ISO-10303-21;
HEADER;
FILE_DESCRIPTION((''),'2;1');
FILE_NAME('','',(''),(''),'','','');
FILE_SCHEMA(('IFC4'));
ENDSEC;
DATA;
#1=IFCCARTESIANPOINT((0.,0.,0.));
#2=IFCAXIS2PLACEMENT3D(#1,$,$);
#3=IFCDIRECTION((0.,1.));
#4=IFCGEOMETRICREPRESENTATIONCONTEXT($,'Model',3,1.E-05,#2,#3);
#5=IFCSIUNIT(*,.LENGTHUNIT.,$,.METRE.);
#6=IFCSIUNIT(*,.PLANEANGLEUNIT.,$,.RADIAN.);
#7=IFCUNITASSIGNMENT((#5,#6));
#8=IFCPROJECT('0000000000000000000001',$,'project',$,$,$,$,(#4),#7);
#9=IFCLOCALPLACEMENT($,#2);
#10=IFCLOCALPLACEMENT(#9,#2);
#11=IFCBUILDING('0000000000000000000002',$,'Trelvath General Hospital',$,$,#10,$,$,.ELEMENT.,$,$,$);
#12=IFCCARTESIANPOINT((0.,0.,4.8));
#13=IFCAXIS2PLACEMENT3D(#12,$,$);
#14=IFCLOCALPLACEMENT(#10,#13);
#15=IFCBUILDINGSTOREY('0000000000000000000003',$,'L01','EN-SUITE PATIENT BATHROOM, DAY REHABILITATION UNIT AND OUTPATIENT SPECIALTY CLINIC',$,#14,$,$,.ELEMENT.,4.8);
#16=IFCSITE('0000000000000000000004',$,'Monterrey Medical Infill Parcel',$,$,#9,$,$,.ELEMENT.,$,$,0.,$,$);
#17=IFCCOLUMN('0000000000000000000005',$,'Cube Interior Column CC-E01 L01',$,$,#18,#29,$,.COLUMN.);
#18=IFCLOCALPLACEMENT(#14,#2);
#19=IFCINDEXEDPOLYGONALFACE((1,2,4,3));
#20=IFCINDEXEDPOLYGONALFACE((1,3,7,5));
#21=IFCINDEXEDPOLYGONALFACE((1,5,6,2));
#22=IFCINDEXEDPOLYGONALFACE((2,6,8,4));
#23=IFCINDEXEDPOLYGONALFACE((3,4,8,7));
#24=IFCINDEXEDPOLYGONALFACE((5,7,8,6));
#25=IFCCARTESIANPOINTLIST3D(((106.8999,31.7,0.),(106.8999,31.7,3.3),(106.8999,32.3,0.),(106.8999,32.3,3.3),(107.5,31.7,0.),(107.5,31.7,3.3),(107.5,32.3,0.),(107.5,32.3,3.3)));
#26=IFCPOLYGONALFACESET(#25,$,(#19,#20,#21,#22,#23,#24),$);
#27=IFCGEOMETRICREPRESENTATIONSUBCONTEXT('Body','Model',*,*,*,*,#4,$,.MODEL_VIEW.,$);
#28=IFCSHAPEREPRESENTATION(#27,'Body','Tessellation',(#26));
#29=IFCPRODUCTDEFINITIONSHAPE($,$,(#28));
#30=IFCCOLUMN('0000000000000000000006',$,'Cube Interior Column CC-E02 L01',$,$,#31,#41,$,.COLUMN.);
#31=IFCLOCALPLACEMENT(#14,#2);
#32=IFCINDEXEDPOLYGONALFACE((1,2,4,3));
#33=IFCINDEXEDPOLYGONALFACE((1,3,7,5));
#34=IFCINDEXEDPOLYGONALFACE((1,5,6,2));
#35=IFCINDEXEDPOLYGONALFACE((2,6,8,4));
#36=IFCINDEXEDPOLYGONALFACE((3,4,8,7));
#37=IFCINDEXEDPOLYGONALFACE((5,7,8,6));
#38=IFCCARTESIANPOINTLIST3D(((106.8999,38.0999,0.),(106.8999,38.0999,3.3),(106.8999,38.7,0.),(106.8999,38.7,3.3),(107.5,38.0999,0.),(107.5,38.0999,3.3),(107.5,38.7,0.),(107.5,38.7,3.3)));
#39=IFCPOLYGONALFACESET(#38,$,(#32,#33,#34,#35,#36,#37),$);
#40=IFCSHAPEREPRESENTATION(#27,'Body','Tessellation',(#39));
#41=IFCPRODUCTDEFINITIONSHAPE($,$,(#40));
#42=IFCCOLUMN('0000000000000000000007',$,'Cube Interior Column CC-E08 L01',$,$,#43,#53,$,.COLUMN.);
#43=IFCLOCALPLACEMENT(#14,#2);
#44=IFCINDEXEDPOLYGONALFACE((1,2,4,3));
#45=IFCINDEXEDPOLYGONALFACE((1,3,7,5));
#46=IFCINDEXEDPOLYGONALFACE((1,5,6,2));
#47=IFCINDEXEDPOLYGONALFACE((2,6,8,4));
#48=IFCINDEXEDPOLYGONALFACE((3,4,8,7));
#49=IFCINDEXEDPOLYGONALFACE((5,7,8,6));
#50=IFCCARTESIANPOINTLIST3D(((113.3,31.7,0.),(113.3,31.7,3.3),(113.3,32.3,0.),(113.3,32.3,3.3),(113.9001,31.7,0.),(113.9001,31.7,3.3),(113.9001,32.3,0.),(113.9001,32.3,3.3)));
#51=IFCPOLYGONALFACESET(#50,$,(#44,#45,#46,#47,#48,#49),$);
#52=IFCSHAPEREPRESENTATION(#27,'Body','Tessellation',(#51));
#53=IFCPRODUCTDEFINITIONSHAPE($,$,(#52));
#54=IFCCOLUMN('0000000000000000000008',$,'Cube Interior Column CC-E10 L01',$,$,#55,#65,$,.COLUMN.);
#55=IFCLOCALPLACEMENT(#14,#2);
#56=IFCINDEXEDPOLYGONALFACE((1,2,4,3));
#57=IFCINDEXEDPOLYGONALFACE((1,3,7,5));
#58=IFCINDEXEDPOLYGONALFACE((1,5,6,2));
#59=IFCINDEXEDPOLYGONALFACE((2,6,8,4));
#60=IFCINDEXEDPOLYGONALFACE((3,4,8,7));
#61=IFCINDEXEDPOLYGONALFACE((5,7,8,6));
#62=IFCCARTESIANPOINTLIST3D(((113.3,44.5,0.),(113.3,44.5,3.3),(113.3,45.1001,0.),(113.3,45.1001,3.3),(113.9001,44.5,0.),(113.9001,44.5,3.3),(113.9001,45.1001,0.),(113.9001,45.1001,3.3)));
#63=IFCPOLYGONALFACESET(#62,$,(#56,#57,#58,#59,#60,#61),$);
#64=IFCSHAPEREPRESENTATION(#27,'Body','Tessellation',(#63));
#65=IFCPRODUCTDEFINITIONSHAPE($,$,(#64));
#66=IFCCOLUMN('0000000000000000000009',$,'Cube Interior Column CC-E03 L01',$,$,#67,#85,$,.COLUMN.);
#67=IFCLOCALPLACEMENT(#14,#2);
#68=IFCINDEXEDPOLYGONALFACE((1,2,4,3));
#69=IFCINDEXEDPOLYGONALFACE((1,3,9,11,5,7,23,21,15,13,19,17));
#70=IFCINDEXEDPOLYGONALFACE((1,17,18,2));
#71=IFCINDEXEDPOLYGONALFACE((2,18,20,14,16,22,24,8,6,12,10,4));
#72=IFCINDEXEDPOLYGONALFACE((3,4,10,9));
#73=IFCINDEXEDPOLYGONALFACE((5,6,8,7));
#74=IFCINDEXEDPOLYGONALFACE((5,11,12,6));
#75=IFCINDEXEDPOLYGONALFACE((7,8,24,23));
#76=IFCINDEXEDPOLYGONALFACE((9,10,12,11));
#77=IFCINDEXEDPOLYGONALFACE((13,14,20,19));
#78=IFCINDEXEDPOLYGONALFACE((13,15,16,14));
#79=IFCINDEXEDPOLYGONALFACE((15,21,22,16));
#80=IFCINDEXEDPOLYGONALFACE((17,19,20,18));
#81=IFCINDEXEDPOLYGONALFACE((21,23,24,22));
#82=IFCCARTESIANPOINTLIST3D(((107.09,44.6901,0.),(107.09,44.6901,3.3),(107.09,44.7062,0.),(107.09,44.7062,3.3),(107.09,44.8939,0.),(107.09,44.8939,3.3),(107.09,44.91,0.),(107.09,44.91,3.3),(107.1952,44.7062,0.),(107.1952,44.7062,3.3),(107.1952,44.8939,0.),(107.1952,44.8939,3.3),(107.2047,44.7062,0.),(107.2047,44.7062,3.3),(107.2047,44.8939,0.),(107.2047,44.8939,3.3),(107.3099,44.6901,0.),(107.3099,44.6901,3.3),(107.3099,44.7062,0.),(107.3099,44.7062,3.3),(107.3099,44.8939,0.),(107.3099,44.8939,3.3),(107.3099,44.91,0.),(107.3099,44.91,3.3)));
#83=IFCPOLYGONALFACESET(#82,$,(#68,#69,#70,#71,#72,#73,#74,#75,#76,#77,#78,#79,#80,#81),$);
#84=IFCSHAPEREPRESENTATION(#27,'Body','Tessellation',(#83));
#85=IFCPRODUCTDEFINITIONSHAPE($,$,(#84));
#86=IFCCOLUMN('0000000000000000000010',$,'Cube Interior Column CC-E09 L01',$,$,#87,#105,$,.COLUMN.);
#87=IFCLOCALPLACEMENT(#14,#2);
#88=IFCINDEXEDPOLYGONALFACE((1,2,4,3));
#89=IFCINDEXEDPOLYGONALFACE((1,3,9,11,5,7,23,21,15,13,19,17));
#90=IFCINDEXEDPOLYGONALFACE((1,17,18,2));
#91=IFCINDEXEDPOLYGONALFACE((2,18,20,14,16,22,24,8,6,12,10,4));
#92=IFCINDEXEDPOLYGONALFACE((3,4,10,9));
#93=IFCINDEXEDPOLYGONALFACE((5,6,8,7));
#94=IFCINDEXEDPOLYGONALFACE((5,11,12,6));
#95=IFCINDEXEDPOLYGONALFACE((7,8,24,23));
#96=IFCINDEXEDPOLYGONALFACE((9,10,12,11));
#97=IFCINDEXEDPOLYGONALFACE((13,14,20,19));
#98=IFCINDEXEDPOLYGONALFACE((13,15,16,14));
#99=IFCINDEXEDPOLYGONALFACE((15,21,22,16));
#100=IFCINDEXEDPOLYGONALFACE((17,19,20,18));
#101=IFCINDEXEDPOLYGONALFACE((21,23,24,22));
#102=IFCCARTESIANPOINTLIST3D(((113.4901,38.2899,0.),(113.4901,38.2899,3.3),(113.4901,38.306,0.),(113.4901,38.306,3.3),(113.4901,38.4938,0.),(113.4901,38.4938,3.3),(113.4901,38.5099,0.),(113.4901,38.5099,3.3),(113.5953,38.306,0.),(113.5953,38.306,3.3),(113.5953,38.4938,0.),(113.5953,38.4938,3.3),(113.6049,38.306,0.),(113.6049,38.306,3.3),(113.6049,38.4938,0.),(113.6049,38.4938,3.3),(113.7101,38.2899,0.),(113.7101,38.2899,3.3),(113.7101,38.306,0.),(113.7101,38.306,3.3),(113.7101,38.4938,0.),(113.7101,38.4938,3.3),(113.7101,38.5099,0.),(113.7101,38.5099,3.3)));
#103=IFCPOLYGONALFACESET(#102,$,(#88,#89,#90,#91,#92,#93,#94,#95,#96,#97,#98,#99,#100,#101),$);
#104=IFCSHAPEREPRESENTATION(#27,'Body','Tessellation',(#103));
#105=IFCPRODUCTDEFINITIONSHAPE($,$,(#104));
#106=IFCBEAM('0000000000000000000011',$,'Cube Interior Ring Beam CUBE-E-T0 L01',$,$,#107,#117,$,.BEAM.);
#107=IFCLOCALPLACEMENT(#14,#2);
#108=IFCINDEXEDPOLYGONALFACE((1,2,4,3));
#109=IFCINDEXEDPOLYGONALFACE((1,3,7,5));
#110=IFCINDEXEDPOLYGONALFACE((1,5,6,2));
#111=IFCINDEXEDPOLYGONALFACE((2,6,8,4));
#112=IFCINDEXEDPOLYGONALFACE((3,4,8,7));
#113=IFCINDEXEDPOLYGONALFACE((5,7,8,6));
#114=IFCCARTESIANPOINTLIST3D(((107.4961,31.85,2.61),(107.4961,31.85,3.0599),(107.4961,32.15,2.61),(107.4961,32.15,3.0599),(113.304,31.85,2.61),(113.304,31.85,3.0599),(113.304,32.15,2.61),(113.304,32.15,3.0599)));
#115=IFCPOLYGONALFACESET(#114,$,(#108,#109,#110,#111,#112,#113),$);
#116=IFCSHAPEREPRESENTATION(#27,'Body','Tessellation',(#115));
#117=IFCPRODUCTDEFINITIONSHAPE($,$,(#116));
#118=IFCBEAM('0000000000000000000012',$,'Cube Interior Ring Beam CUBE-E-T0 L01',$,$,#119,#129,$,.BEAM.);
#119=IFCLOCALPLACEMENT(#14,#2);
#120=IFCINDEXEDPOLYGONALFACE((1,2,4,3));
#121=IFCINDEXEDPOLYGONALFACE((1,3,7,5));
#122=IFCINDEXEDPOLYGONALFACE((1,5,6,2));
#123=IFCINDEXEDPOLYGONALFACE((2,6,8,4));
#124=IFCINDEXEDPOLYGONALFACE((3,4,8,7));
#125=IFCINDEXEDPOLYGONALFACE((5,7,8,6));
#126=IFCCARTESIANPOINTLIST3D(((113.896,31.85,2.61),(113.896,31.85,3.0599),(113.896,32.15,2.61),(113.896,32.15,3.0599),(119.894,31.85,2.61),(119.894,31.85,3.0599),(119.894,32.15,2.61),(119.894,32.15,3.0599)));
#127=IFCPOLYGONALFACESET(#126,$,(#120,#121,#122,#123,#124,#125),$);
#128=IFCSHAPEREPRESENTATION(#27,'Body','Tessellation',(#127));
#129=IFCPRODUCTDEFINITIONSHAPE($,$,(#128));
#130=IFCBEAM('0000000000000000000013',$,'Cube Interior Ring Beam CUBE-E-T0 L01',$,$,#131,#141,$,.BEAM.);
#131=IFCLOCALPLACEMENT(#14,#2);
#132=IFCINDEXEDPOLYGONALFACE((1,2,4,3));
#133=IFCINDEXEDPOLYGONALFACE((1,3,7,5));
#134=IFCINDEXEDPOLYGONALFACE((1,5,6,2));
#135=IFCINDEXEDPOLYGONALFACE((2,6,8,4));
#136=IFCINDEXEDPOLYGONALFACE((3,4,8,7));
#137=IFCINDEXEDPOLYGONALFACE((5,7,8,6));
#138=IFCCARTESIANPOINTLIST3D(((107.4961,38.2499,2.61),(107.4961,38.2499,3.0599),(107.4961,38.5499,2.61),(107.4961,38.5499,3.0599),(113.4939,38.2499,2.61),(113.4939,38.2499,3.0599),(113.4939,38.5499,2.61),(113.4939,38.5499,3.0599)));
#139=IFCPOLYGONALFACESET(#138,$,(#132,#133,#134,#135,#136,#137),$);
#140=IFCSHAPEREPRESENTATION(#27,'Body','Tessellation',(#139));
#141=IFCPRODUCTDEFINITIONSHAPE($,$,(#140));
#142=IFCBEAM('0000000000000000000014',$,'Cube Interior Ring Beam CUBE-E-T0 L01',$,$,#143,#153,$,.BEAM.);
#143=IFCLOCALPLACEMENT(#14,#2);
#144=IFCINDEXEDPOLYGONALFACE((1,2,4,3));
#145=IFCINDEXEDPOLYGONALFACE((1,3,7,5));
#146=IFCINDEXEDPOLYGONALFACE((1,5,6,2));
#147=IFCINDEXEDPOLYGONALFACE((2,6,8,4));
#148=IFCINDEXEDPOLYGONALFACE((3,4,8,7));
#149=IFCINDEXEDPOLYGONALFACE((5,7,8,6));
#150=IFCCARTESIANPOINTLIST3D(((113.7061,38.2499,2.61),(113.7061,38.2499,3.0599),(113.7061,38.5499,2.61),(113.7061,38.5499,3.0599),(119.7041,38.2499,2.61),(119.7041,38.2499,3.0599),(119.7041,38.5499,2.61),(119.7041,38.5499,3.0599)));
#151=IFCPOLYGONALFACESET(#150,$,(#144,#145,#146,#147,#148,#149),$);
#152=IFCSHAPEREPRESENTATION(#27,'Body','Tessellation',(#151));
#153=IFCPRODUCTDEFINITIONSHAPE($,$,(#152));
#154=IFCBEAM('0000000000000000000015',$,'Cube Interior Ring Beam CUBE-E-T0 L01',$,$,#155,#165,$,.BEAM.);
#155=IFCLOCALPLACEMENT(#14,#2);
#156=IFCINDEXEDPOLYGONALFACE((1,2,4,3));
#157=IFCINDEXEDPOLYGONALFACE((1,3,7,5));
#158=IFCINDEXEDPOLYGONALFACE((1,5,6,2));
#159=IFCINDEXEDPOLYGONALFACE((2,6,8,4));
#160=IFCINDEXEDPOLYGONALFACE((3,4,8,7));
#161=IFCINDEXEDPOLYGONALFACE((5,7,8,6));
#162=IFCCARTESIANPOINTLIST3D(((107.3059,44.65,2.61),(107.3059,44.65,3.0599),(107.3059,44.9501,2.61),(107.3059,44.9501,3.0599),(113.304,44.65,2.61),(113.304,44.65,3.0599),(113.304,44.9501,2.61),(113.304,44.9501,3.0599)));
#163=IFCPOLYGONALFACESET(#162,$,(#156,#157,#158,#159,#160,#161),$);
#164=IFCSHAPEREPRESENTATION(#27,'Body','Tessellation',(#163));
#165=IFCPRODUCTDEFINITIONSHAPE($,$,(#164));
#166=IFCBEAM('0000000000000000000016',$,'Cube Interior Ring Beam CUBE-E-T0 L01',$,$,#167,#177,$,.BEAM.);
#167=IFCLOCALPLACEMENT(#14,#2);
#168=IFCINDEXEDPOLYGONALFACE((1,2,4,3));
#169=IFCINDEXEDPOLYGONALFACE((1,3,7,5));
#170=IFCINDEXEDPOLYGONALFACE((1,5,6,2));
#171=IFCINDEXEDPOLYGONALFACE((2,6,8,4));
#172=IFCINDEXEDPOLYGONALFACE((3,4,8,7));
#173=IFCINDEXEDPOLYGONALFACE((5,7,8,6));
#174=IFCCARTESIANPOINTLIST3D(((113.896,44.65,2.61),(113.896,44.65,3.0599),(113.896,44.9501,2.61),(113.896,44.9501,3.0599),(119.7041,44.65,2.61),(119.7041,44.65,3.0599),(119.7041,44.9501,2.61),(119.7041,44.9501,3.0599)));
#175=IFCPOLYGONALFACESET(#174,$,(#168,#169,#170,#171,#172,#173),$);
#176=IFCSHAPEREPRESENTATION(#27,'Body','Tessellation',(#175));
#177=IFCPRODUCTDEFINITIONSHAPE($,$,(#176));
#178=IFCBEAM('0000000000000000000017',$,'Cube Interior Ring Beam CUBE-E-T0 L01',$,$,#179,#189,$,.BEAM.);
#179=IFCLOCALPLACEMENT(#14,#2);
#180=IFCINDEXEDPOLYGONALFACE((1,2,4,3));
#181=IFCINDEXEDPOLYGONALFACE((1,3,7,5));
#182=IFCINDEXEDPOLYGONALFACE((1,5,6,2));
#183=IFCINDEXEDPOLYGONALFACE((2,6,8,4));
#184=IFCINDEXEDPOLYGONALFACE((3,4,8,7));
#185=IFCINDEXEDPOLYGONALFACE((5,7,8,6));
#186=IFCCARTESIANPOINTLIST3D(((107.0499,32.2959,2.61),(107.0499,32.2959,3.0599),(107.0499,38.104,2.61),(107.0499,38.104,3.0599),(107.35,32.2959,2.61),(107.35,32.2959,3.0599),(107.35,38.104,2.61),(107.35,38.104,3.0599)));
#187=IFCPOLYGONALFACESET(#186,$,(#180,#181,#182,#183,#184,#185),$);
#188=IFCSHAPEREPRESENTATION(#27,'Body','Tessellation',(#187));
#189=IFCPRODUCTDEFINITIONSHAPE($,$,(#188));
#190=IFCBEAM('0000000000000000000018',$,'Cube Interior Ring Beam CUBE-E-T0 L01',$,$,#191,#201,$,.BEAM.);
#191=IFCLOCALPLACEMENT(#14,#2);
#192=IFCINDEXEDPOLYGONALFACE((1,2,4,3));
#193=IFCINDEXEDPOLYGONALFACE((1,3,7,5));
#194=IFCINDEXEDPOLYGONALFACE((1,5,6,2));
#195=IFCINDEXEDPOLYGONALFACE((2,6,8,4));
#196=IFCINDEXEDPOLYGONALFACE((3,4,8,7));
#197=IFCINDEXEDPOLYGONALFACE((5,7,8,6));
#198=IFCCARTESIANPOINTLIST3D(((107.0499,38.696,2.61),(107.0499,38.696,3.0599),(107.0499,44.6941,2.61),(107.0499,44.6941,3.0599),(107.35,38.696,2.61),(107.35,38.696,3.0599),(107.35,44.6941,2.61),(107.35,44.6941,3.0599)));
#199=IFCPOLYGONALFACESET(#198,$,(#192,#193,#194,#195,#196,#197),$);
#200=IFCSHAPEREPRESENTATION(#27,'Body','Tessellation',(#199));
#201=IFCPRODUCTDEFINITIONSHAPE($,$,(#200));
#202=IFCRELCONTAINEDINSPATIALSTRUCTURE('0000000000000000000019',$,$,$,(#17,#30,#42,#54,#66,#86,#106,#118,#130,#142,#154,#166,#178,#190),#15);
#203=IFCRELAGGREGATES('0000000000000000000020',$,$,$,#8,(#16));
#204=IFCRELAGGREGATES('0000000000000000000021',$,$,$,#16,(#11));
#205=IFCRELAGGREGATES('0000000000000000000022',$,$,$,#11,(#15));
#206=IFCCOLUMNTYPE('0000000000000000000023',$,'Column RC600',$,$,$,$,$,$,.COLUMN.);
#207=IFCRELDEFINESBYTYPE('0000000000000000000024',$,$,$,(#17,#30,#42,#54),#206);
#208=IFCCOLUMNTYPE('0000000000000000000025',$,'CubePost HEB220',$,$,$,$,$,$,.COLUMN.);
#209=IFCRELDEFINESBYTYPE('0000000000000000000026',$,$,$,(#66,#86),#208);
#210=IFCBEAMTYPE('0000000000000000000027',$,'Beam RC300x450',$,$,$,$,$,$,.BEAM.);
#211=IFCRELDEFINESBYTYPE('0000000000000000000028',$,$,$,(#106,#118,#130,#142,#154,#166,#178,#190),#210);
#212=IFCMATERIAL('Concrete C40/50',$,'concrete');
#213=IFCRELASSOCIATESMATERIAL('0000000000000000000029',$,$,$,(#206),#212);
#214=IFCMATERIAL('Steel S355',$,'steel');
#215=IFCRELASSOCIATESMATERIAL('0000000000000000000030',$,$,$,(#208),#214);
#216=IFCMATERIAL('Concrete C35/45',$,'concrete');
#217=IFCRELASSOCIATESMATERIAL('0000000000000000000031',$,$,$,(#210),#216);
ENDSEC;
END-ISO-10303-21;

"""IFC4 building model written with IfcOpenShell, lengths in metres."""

from ifc_helpers import new_model, si_unit, direction, frame, origin, origin_2d, place, context, subcontext, project, spatial, rectangle, i_section, extrude, material, material_profile, profile_set, type_object, element, save


model = new_model("IFC4")

# Units and contexts
model_context = context("Model", 3, precision=1e-05, world=origin(), true_north=direction((0.0, 1.0)))
body_context = subcontext(model_context, "Body", "Model", "MODEL_VIEW")
ifc_project = project(units=[si_unit("LENGTHUNIT", "METRE"), si_unit("PLANEANGLEUNIT", "RADIAN")], contexts=[model_context])

# Site, building, storey
site_placement = place(None, origin())
site = spatial("IfcSite", under=ifc_project, at=site_placement, Name="Monterrey Medical Infill Parcel", CompositionType="ELEMENT", RefElevation=0.0)
building_placement = place(site_placement, origin())
building = spatial("IfcBuilding", under=site, at=building_placement, Name="Trelvath General Hospital", CompositionType="ELEMENT")
storey_placement = place(building_placement, frame((0.0, 0.0, 4.8)))
storey = spatial("IfcBuildingStorey", under=building, at=storey_placement, Name="L01", Description="EN-SUITE PATIENT BATHROOM, DAY REHABILITATION UNIT AND OUTPATIENT SPECIALTY CLINIC", CompositionType="ELEMENT", Elevation=4.8)

# Columns
ifc_material_1 = material(Name="Concrete C40/50", Category="concrete")
ifc_material_profile_1 = material_profile(ifc_material_1, rectangle(XDim=0.6001, YDim=0.6001, at=origin_2d()), Name="RC600x600")
ifc_profile_set_1 = profile_set([ifc_material_profile_1], Name="Concrete C40/50")
column_type_1 = type_object("IfcColumnType", Name="Column RC600", PredefinedType="COLUMN", material=ifc_profile_set_1)
for number, where, z_axis, x_axis, name in (
    (1, (107.2, 32.0, 0.0), (0.0, 0.0, 1.0), (1.0, 0.0, 0.0), "Cube Interior Column CC-E01 L01"),
    (2, (107.2, 38.3999, 0.0), (0.0, 0.0, 1.0), (1.0, 0.0, 0.0), "Cube Interior Column CC-E02 L01"),
    (3, (113.6001, 32.0, 0.0), (0.0, 0.0, 1.0), (1.0, 0.0, 0.0), "Cube Interior Column CC-E08 L01"),
    (4, (113.6001, 44.8, 0.0), (0.0, 0.0, 1.0), (1.0, 0.0, 0.0), "Cube Interior Column CC-E10 L01"),
):
    element("IfcColumn", number, at=place(storey_placement, frame(where, z_axis=z_axis, x_axis=x_axis)), inside=storey, type_object=column_type_1, Name=name, PredefinedType="COLUMN", context=body_context, shape_type="SweptSolid", body=[
        extrude(rectangle(XDim=0.6001, YDim=0.6001, at=origin_2d()), origin(), (0.0, 0.0, 1.0), 3.3),
    ])
ifc_material_2 = material(Name="Steel S355", Category="steel")
ifc_material_profile_2 = material_profile(ifc_material_2, i_section(OverallWidth=0.22, OverallDepth=0.22, WebThickness=0.0095, FlangeThickness=0.0161, at=origin_2d()), Name="HEB220")
ifc_profile_set_2 = profile_set([ifc_material_profile_2], Name="Steel S355")
column_type_2 = type_object("IfcColumnType", Name="CubePost HEB220", PredefinedType="COLUMN", material=ifc_profile_set_2)
for number, where, z_axis, x_axis, name in (
    (5, (107.2, 44.8, 0.0), (0.0, 0.0, 1.0), (1.0, 0.0, 0.0), "Cube Interior Column CC-E03 L01"),
    (6, (113.6001, 38.3999, 0.0), (0.0, 0.0, 1.0), (1.0, 0.0, 0.0), "Cube Interior Column CC-E09 L01"),
):
    element("IfcColumn", number, at=place(storey_placement, frame(where, z_axis=z_axis, x_axis=x_axis)), inside=storey, type_object=column_type_2, Name=name, PredefinedType="COLUMN", context=body_context, shape_type="SweptSolid", body=[
        extrude(i_section(OverallWidth=0.22, OverallDepth=0.22, WebThickness=0.0095, FlangeThickness=0.0161, at=origin_2d()), origin(), (0.0, 0.0, 1.0), 3.3),
    ])

# Beams
ifc_material_3 = material(Name="Concrete C35/45", Category="concrete")
ifc_material_profile_3 = material_profile(ifc_material_3, rectangle(XDim=0.3, YDim=0.45, at=origin_2d()), Name="RCB300x450")
ifc_profile_set_3 = profile_set([ifc_material_profile_3], Name="Concrete C35/45")
beam_type = type_object("IfcBeamType", Name="Beam RC300x450", PredefinedType="BEAM", material=ifc_profile_set_3)
beam_1_placement = place(storey_placement, frame((107.4961, 32.0, 2.835), z_axis=(1.0, 0.0, 0.0), x_axis=(0.0, 1.0, 0.0)))
element("IfcBeam", 7, at=beam_1_placement, inside=storey, type_object=beam_type, Name="Cube Interior Ring Beam CUBE-E-T0 L01", PredefinedType="BEAM", context=body_context, shape_type="SweptSolid", body=[
    extrude(rectangle(XDim=0.3, YDim=0.45, at=origin_2d()), origin(), (0.0, 0.0, 1.0), 5.8079),
])
beam_2_placement = place(storey_placement, frame((113.896, 32.0, 2.835), z_axis=(1.0, 0.0, 0.0), x_axis=(0.0, 1.0, 0.0)))
element("IfcBeam", 8, at=beam_2_placement, inside=storey, type_object=beam_type, Name="Cube Interior Ring Beam CUBE-E-T0 L01", PredefinedType="BEAM", context=body_context, shape_type="SweptSolid", body=[
    extrude(rectangle(XDim=0.3, YDim=0.45, at=origin_2d()), origin(), (0.0, 0.0, 1.0), 5.998),
])
beam_3_placement = place(storey_placement, frame((107.4961, 38.3999, 2.835), z_axis=(1.0, 0.0, 0.0), x_axis=(0.0, 1.0, 0.0)))
element("IfcBeam", 9, at=beam_3_placement, inside=storey, type_object=beam_type, Name="Cube Interior Ring Beam CUBE-E-T0 L01", PredefinedType="BEAM", context=body_context, shape_type="SweptSolid", body=[
    extrude(rectangle(XDim=0.3, YDim=0.45, at=origin_2d()), origin(), (0.0, 0.0, 1.0), 5.9978),
])
for number, where, z_axis, x_axis, name in (
    (10, (113.7061, 38.3999, 2.835), (1.0, 0.0, 0.0), (0.0, 1.0, 0.0), "Cube Interior Ring Beam CUBE-E-T0 L01"),
    (11, (107.3059, 44.8, 2.835), (1.0, 0.0, 0.0), (0.0, 1.0, 0.0), "Cube Interior Ring Beam CUBE-E-T0 L01"),
):
    element("IfcBeam", number, at=place(storey_placement, frame(where, z_axis=z_axis, x_axis=x_axis)), inside=storey, type_object=beam_type, Name=name, PredefinedType="BEAM", context=body_context, shape_type="SweptSolid", body=[
        extrude(rectangle(XDim=0.3, YDim=0.45, at=origin_2d()), origin(), (0.0, 0.0, 1.0), 5.998),
    ])
for number, where, z_axis, x_axis, name in (
    (12, (113.896, 44.8, 2.835), (1.0, 0.0, 0.0), (0.0, 1.0, 0.0), "Cube Interior Ring Beam CUBE-E-T0 L01"),
    (13, (107.2, 32.2959, 2.835), (0.0, 1.0, 0.0), (-1.0, 0.0, 0.0), "Cube Interior Ring Beam CUBE-E-T0 L01"),
):
    element("IfcBeam", number, at=place(storey_placement, frame(where, z_axis=z_axis, x_axis=x_axis)), inside=storey, type_object=beam_type, Name=name, PredefinedType="BEAM", context=body_context, shape_type="SweptSolid", body=[
        extrude(rectangle(XDim=0.3, YDim=0.45, at=origin_2d()), origin(), (0.0, 0.0, 1.0), 5.8081),
    ])
beam_4_placement = place(storey_placement, frame((107.2, 38.696, 2.835), z_axis=(0.0, 1.0, 0.0), x_axis=(-1.0, 0.0, 0.0)))
element("IfcBeam", 14, at=beam_4_placement, inside=storey, type_object=beam_type, Name="Cube Interior Ring Beam CUBE-E-T0 L01", PredefinedType="BEAM", context=body_context, shape_type="SweptSolid", body=[
    extrude(rectangle(XDim=0.3, YDim=0.45, at=origin_2d()), origin(), (0.0, 0.0, 1.0), 5.998),
])

save(model, "model.ifc")
